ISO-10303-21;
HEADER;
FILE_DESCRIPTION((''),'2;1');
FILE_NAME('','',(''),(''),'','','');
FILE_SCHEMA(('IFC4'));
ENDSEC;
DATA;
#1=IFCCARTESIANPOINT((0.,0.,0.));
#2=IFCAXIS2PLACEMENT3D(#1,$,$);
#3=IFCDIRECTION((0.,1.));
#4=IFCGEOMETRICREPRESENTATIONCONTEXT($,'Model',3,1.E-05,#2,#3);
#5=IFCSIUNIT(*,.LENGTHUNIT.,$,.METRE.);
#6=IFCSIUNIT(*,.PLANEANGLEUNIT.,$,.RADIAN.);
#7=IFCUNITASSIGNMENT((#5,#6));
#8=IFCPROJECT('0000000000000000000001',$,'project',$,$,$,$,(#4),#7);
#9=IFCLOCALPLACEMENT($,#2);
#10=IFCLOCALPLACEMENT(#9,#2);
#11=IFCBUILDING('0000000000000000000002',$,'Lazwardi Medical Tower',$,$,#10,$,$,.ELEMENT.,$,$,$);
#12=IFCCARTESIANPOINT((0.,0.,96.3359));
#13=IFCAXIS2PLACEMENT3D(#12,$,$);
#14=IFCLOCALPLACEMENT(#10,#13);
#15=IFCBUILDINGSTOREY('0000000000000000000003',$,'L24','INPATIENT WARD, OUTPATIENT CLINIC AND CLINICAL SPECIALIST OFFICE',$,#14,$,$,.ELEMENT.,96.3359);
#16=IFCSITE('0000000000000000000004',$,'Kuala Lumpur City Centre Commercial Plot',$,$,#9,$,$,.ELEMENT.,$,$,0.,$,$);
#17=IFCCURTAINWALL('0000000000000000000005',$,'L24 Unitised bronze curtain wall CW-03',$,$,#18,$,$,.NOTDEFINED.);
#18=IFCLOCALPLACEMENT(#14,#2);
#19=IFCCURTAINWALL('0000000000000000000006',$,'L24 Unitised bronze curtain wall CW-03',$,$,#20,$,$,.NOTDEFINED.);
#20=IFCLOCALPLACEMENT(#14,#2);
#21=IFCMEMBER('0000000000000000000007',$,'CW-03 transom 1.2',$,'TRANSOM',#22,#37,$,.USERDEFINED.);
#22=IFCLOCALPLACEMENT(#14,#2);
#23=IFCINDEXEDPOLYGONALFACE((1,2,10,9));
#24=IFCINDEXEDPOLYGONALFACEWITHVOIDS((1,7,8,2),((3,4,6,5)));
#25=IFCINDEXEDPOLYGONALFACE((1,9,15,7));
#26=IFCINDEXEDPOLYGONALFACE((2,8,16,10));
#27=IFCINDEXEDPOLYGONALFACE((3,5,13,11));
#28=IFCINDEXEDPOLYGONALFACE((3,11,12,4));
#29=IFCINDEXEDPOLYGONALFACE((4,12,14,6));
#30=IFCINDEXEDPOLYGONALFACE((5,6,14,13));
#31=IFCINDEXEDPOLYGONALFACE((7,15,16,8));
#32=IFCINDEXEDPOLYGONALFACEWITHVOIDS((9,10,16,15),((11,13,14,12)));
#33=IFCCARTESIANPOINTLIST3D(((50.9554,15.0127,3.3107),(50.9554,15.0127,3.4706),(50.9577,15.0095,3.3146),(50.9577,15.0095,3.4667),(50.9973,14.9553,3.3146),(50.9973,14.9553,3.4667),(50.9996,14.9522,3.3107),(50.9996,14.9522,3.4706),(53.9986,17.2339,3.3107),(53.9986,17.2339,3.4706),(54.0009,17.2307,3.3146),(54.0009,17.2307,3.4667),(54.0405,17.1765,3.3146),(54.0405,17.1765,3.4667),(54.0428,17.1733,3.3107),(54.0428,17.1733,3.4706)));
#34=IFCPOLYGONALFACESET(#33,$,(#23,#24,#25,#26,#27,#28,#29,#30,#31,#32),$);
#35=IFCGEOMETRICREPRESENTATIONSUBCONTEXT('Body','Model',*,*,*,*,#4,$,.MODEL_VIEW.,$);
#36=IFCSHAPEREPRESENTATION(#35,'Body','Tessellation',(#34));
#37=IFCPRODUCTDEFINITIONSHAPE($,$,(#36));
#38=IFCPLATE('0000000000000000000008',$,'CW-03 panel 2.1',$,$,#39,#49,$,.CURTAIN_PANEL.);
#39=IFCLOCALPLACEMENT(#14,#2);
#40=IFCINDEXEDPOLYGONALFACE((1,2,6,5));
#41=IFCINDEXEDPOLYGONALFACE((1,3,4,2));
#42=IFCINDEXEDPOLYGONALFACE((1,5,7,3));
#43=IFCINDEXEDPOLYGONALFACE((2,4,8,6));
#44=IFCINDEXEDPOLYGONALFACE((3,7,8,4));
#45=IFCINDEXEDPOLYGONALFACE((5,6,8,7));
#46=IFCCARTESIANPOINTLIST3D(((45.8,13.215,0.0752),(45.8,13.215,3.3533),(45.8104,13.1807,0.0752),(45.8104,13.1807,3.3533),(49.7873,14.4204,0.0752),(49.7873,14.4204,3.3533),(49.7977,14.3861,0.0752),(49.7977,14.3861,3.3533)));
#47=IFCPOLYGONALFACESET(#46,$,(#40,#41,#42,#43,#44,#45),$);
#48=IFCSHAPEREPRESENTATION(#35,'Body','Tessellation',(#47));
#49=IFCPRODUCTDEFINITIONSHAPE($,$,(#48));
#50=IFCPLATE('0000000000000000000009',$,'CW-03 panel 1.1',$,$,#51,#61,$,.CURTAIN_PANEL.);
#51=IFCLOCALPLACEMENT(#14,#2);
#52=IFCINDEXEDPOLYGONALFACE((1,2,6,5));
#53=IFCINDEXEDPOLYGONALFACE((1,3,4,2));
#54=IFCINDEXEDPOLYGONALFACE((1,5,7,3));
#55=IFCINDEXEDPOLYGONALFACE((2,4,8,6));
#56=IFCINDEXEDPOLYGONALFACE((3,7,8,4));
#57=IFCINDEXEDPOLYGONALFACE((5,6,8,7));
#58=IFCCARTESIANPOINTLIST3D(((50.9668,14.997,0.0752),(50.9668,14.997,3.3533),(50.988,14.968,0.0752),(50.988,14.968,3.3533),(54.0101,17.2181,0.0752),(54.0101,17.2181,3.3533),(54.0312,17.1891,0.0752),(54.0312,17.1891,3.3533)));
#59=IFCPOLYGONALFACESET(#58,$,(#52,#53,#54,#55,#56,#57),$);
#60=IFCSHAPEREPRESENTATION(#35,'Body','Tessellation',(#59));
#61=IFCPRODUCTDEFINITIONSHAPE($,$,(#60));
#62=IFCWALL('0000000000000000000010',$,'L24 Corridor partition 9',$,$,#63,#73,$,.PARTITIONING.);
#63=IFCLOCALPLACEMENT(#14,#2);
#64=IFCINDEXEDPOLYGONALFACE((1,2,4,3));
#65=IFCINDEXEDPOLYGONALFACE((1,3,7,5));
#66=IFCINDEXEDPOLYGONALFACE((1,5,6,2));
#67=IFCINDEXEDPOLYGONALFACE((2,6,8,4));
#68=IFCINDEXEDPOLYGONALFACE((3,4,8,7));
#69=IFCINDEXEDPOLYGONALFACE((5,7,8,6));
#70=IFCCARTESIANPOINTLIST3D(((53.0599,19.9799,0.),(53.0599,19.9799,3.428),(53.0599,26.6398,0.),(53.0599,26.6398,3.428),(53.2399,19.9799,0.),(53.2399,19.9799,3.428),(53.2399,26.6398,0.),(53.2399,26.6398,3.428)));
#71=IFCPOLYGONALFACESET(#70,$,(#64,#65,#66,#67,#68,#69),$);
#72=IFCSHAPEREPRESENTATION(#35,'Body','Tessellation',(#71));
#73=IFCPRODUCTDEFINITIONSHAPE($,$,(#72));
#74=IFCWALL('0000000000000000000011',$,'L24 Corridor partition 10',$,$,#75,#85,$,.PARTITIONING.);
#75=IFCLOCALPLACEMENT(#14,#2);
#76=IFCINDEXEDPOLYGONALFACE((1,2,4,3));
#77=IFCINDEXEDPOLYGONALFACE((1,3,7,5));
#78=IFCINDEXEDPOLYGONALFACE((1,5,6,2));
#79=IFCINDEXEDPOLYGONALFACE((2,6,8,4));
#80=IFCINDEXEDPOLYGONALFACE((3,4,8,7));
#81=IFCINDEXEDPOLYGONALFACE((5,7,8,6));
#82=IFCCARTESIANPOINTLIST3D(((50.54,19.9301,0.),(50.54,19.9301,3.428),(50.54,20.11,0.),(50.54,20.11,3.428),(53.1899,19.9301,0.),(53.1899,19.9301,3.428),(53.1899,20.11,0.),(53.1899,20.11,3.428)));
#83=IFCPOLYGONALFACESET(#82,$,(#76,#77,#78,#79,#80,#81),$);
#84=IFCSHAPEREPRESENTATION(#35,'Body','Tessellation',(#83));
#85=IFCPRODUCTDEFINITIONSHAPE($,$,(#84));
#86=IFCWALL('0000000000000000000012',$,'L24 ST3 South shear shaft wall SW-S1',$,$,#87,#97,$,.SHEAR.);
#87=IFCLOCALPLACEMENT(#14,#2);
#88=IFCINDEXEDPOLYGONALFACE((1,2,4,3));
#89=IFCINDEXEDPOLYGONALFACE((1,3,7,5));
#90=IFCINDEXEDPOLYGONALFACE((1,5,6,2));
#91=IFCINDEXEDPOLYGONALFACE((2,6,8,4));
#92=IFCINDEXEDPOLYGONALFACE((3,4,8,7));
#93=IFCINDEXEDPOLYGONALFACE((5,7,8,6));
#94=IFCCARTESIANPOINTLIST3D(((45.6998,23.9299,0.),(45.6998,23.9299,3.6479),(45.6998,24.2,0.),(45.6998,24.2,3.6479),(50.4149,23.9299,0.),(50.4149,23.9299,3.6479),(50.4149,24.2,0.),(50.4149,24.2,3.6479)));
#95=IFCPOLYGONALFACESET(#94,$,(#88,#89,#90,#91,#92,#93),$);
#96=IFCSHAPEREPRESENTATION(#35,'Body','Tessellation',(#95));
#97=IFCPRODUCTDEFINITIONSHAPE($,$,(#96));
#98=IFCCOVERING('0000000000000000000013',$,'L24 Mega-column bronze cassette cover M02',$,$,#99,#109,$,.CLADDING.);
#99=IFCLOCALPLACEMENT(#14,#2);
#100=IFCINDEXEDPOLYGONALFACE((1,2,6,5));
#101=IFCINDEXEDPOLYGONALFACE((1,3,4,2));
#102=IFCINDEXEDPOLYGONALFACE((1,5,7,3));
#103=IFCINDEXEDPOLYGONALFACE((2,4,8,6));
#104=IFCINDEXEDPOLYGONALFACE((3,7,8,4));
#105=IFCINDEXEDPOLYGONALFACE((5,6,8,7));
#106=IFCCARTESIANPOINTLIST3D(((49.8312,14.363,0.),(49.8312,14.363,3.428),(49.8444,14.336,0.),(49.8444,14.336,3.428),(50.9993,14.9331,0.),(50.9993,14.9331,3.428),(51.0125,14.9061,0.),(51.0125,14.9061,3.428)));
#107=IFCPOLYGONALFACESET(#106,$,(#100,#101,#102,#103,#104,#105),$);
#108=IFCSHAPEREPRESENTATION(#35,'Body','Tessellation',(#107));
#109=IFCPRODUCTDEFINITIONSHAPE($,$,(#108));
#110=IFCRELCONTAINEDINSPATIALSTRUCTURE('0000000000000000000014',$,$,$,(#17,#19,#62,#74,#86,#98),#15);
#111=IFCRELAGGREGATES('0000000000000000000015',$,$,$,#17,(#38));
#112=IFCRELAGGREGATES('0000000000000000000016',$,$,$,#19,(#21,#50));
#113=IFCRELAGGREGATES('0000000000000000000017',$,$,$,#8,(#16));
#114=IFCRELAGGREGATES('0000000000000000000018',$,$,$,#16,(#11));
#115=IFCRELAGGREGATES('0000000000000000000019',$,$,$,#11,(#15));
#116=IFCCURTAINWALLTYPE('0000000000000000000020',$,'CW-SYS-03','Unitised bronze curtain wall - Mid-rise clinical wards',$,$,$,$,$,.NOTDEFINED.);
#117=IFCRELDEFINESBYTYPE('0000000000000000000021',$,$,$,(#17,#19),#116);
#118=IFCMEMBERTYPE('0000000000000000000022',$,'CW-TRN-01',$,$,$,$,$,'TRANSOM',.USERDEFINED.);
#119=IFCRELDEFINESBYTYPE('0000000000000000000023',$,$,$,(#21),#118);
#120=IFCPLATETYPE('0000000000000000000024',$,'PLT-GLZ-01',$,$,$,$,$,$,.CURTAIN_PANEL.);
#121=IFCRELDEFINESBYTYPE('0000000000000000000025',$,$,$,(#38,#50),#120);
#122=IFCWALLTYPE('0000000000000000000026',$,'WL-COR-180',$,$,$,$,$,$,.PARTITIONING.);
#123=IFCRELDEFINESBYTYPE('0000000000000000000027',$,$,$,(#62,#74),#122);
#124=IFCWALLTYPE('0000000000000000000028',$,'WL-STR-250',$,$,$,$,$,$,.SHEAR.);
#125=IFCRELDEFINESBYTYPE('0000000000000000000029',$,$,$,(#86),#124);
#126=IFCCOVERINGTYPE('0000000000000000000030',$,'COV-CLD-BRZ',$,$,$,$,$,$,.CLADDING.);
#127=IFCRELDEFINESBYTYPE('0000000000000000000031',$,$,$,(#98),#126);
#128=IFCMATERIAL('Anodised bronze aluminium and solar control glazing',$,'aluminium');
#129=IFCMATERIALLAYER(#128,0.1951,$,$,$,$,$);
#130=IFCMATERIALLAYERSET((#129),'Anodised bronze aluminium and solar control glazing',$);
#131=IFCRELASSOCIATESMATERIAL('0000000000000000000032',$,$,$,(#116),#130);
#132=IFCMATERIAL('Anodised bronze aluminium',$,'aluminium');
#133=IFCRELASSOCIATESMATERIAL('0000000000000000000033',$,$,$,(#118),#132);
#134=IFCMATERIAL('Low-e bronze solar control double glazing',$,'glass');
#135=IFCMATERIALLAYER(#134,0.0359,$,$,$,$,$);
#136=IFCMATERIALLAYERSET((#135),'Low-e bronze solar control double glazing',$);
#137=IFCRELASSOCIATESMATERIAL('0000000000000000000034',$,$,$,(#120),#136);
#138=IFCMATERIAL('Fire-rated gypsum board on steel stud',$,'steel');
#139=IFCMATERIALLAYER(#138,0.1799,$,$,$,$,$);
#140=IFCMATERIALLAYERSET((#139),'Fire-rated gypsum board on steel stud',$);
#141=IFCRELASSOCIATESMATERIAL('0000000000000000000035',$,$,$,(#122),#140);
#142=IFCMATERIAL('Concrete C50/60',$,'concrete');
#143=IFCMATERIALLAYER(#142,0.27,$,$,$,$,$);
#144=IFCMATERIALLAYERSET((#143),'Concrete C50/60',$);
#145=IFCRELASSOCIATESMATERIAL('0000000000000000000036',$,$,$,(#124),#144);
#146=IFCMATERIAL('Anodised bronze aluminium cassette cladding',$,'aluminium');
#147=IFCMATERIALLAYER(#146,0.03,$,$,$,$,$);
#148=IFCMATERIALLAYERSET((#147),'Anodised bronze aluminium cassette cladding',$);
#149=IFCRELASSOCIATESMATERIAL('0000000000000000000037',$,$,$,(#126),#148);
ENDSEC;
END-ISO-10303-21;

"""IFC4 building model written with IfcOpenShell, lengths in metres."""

from ifc_helpers import new_model, si_unit, direction, frame, frame_2d, origin, origin_2d, place, context, subcontext, project, spatial, rectangle, hollow_rectangle, extrude, material, layer, layer_set, material_profile, profile_set, type_object, element, aggregate, save


model = new_model("IFC4")

# Units and contexts
model_context = context("Model", 3, precision=1e-05, world=origin(), true_north=direction((0.0, 1.0)))
body_context = subcontext(model_context, "Body", "Model", "MODEL_VIEW")
ifc_project = project(units=[si_unit("LENGTHUNIT", "METRE"), si_unit("PLANEANGLEUNIT", "RADIAN")], contexts=[model_context])

# Site, building, storey
site_placement = place(None, origin())
site = spatial("IfcSite", under=ifc_project, at=site_placement, Name="Kuala Lumpur City Centre Commercial Plot", CompositionType="ELEMENT", RefElevation=0.0)
building_placement = place(site_placement, origin())
building = spatial("IfcBuilding", under=site, at=building_placement, Name="Lazwardi Medical Tower", CompositionType="ELEMENT")
storey_placement = place(building_placement, frame((0.0, 0.0, 96.3359)))
storey = spatial("IfcBuildingStorey", under=building, at=storey_placement, Name="L24", Description="INPATIENT WARD, OUTPATIENT CLINIC AND CLINICAL SPECIALIST OFFICE", CompositionType="ELEMENT", Elevation=96.3359)

# Curtain wall
ifc_material_1 = material(Name="Anodised bronze aluminium and solar control glazing", Category="aluminium")
ifc_layer_1 = layer(ifc_material_1, 0.1951)
ifc_layer_set_1 = layer_set([ifc_layer_1], Name="Anodised bronze aluminium and solar control glazing")
curtain_wall_type = type_object("IfcCurtainWallType", Name="CW-SYS-03", Description="Unitised bronze curtain wall - Mid-rise clinical wards", PredefinedType="NOTDEFINED", material=ifc_layer_set_1)
curtain_wall_1_placement = place(storey_placement, origin())
curtain_wall_1 = element("IfcCurtainWall", 1, at=curtain_wall_1_placement, inside=storey, type_object=curtain_wall_type, Name="L24 Unitised bronze curtain wall CW-03", PredefinedType="NOTDEFINED")
ifc_material_2 = material(Name="Anodised bronze aluminium", Category="aluminium")

# Curtain wall
curtain_wall_2_placement = place(storey_placement, origin())
curtain_wall_2 = element("IfcCurtainWall", 2, at=curtain_wall_2_placement, inside=storey, type_object=curtain_wall_type, Name="L24 Unitised bronze curtain wall CW-03", PredefinedType="NOTDEFINED")

# Member
ifc_material_profile_1 = material_profile(ifc_material_2, hollow_rectangle(XDim=0.075, YDim=0.1599, WallThickness=0.0039, at=origin_2d()), Name="ALU-TRANSOM 160x75x4")
ifc_profile_set_1 = profile_set([ifc_material_profile_1], Name="Anodised bronze aluminium")
member_type_1 = type_object("IfcMemberType", Name="CW-TRN-01", ElementType="TRANSOM", PredefinedType="USERDEFINED", material=ifc_profile_set_1)
member_1_placement = place(storey_placement, frame((50.9775, 14.9824, 3.3906), z_axis=(0.807732, 0.58955, 0.0), x_axis=(-0.58955, 0.807732, 0.0)))
member_1 = element("IfcMember", 3, at=member_1_placement, type_object=member_type_1, Name="CW-03 transom 1.2", ObjectType="TRANSOM", PredefinedType="USERDEFINED", context=body_context, shape_type="SweptSolid", body=[
    extrude(hollow_rectangle(XDim=0.075, YDim=0.1599, WallThickness=0.0039, at=origin_2d()), origin(), (0.0, 0.0, 1.0), 3.7676),
])

# Plates
ifc_material_3 = material(Name="Low-e bronze solar control double glazing", Category="glass")
ifc_layer_2 = layer(ifc_material_3, 0.0359)
ifc_layer_set_2 = layer_set([ifc_layer_2], Name="Low-e bronze solar control double glazing")
plate_type = type_object("IfcPlateType", Name="PLT-GLZ-01", PredefinedType="CURTAIN_PANEL", material=ifc_layer_set_2)
plate_1_placement = place(storey_placement, frame((47.7988, 13.8005, 0.0752), z_axis=(0.0, 0.0, 1.0), x_axis=(0.957216, 0.289374, 0.0)))
plate_1 = element("IfcPlate", 4, at=plate_1_placement, type_object=plate_type, Name="CW-03 panel 2.1", PredefinedType="CURTAIN_PANEL", context=body_context, shape_type="SweptSolid", body=[
    extrude(rectangle(XDim=4.1655, YDim=0.0359, at=origin_2d()), origin(), (0.0, 0.0, 1.0), 3.2781),
])
aggregate(curtain_wall_1, [plate_1])
plate_2_placement = place(storey_placement, frame((52.499, 16.093, 0.0752), z_axis=(0.0, 0.0, 1.0), x_axis=(0.807746, 0.589531, 0.0)))
plate_2 = element("IfcPlate", 5, at=plate_2_placement, type_object=plate_type, Name="CW-03 panel 1.1", PredefinedType="CURTAIN_PANEL", context=body_context, shape_type="SweptSolid", body=[
    extrude(rectangle(XDim=3.7676, YDim=0.0359, at=origin_2d()), origin(), (0.0, 0.0, 1.0), 3.2781),
])
aggregate(curtain_wall_2, [member_1, plate_2])

# Walls
ifc_material_4 = material(Name="Fire-rated gypsum board on steel stud", Category="steel")
ifc_layer_3 = layer(ifc_material_4, 0.1799)
ifc_layer_set_3 = layer_set([ifc_layer_3], Name="Fire-rated gypsum board on steel stud")
wall_type_1 = type_object("IfcWallType", Name="WL-COR-180", PredefinedType="PARTITIONING", material=ifc_layer_set_3)
wall_1_placement = place(storey_placement, frame((53.1499, 26.6399, 0.0), z_axis=(0.0, 0.0, 1.0), x_axis=(0.0, -1.0, 0.0)))
element("IfcWall", 6, at=wall_1_placement, inside=storey, type_object=wall_type_1, Name="L24 Corridor partition 9", PredefinedType="PARTITIONING", context=body_context, shape_type="SweptSolid", body=[
    extrude(rectangle(XDim=6.6599, YDim=0.1799, at=frame_2d((3.3301, 0.0))), origin(), (0.0, 0.0, 1.0), 3.428),
])
wall_2_placement = place(storey_placement, frame((53.1899, 20.02, 0.0), z_axis=(0.0, 0.0, 1.0), x_axis=(-1.0, 0.0, 0.0)))
element("IfcWall", 7, at=wall_2_placement, inside=storey, type_object=wall_type_1, Name="L24 Corridor partition 10", PredefinedType="PARTITIONING", context=body_context, shape_type="SweptSolid", body=[
    extrude(rectangle(XDim=2.6499, YDim=0.1799, at=frame_2d((1.325, 0.0))), origin(), (0.0, 0.0, 1.0), 3.428),
])
ifc_material_5 = material(Name="Concrete C50/60", Category="concrete")
ifc_layer_4 = layer(ifc_material_5, 0.27)
ifc_layer_set_4 = layer_set([ifc_layer_4], Name="Concrete C50/60")
wall_type_2 = type_object("IfcWallType", Name="WL-STR-250", PredefinedType="SHEAR", material=ifc_layer_set_4)
wall_3_placement = place(storey_placement, frame((45.7, 24.0649, 0.0), z_axis=(0.0, 0.0, 1.0), x_axis=(1.0, 0.0, 0.0)))
element("IfcWall", 8, at=wall_3_placement, inside=storey, type_object=wall_type_2, Name="L24 ST3 South shear shaft wall SW-S1", PredefinedType="SHEAR", context=body_context, shape_type="SweptSolid", body=[
    extrude(rectangle(XDim=4.7151, YDim=0.27, at=frame_2d((2.3574, 0.0))), origin(), (0.0, 0.0, 1.0), 3.6479),
])

# Covering
ifc_material_6 = material(Name="Anodised bronze aluminium cassette cladding", Category="aluminium")
ifc_layer_5 = layer(ifc_material_6, 0.03)
ifc_layer_set_5 = layer_set([ifc_layer_5], Name="Anodised bronze aluminium cassette cladding")
covering_type = type_object("IfcCoveringType", Name="COV-CLD-BRZ", PredefinedType="CLADDING", material=ifc_layer_set_5)
covering_placement = place(storey_placement, frame((50.4219, 14.6345, 0.0), z_axis=(0.0, 0.0, 1.0), x_axis=(0.898679, 0.438606, 0.0)))
element("IfcCovering", 9, at=covering_placement, inside=storey, type_object=covering_type, Name="L24 Mega-column bronze cassette cover M02", PredefinedType="CLADDING", context=body_context, shape_type="SweptSolid", body=[
    extrude(rectangle(XDim=1.2998, YDim=0.03, at=origin_2d()), origin(), (0.0, 0.0, 1.0), 3.428),
])

save(model, "model.ifc")
